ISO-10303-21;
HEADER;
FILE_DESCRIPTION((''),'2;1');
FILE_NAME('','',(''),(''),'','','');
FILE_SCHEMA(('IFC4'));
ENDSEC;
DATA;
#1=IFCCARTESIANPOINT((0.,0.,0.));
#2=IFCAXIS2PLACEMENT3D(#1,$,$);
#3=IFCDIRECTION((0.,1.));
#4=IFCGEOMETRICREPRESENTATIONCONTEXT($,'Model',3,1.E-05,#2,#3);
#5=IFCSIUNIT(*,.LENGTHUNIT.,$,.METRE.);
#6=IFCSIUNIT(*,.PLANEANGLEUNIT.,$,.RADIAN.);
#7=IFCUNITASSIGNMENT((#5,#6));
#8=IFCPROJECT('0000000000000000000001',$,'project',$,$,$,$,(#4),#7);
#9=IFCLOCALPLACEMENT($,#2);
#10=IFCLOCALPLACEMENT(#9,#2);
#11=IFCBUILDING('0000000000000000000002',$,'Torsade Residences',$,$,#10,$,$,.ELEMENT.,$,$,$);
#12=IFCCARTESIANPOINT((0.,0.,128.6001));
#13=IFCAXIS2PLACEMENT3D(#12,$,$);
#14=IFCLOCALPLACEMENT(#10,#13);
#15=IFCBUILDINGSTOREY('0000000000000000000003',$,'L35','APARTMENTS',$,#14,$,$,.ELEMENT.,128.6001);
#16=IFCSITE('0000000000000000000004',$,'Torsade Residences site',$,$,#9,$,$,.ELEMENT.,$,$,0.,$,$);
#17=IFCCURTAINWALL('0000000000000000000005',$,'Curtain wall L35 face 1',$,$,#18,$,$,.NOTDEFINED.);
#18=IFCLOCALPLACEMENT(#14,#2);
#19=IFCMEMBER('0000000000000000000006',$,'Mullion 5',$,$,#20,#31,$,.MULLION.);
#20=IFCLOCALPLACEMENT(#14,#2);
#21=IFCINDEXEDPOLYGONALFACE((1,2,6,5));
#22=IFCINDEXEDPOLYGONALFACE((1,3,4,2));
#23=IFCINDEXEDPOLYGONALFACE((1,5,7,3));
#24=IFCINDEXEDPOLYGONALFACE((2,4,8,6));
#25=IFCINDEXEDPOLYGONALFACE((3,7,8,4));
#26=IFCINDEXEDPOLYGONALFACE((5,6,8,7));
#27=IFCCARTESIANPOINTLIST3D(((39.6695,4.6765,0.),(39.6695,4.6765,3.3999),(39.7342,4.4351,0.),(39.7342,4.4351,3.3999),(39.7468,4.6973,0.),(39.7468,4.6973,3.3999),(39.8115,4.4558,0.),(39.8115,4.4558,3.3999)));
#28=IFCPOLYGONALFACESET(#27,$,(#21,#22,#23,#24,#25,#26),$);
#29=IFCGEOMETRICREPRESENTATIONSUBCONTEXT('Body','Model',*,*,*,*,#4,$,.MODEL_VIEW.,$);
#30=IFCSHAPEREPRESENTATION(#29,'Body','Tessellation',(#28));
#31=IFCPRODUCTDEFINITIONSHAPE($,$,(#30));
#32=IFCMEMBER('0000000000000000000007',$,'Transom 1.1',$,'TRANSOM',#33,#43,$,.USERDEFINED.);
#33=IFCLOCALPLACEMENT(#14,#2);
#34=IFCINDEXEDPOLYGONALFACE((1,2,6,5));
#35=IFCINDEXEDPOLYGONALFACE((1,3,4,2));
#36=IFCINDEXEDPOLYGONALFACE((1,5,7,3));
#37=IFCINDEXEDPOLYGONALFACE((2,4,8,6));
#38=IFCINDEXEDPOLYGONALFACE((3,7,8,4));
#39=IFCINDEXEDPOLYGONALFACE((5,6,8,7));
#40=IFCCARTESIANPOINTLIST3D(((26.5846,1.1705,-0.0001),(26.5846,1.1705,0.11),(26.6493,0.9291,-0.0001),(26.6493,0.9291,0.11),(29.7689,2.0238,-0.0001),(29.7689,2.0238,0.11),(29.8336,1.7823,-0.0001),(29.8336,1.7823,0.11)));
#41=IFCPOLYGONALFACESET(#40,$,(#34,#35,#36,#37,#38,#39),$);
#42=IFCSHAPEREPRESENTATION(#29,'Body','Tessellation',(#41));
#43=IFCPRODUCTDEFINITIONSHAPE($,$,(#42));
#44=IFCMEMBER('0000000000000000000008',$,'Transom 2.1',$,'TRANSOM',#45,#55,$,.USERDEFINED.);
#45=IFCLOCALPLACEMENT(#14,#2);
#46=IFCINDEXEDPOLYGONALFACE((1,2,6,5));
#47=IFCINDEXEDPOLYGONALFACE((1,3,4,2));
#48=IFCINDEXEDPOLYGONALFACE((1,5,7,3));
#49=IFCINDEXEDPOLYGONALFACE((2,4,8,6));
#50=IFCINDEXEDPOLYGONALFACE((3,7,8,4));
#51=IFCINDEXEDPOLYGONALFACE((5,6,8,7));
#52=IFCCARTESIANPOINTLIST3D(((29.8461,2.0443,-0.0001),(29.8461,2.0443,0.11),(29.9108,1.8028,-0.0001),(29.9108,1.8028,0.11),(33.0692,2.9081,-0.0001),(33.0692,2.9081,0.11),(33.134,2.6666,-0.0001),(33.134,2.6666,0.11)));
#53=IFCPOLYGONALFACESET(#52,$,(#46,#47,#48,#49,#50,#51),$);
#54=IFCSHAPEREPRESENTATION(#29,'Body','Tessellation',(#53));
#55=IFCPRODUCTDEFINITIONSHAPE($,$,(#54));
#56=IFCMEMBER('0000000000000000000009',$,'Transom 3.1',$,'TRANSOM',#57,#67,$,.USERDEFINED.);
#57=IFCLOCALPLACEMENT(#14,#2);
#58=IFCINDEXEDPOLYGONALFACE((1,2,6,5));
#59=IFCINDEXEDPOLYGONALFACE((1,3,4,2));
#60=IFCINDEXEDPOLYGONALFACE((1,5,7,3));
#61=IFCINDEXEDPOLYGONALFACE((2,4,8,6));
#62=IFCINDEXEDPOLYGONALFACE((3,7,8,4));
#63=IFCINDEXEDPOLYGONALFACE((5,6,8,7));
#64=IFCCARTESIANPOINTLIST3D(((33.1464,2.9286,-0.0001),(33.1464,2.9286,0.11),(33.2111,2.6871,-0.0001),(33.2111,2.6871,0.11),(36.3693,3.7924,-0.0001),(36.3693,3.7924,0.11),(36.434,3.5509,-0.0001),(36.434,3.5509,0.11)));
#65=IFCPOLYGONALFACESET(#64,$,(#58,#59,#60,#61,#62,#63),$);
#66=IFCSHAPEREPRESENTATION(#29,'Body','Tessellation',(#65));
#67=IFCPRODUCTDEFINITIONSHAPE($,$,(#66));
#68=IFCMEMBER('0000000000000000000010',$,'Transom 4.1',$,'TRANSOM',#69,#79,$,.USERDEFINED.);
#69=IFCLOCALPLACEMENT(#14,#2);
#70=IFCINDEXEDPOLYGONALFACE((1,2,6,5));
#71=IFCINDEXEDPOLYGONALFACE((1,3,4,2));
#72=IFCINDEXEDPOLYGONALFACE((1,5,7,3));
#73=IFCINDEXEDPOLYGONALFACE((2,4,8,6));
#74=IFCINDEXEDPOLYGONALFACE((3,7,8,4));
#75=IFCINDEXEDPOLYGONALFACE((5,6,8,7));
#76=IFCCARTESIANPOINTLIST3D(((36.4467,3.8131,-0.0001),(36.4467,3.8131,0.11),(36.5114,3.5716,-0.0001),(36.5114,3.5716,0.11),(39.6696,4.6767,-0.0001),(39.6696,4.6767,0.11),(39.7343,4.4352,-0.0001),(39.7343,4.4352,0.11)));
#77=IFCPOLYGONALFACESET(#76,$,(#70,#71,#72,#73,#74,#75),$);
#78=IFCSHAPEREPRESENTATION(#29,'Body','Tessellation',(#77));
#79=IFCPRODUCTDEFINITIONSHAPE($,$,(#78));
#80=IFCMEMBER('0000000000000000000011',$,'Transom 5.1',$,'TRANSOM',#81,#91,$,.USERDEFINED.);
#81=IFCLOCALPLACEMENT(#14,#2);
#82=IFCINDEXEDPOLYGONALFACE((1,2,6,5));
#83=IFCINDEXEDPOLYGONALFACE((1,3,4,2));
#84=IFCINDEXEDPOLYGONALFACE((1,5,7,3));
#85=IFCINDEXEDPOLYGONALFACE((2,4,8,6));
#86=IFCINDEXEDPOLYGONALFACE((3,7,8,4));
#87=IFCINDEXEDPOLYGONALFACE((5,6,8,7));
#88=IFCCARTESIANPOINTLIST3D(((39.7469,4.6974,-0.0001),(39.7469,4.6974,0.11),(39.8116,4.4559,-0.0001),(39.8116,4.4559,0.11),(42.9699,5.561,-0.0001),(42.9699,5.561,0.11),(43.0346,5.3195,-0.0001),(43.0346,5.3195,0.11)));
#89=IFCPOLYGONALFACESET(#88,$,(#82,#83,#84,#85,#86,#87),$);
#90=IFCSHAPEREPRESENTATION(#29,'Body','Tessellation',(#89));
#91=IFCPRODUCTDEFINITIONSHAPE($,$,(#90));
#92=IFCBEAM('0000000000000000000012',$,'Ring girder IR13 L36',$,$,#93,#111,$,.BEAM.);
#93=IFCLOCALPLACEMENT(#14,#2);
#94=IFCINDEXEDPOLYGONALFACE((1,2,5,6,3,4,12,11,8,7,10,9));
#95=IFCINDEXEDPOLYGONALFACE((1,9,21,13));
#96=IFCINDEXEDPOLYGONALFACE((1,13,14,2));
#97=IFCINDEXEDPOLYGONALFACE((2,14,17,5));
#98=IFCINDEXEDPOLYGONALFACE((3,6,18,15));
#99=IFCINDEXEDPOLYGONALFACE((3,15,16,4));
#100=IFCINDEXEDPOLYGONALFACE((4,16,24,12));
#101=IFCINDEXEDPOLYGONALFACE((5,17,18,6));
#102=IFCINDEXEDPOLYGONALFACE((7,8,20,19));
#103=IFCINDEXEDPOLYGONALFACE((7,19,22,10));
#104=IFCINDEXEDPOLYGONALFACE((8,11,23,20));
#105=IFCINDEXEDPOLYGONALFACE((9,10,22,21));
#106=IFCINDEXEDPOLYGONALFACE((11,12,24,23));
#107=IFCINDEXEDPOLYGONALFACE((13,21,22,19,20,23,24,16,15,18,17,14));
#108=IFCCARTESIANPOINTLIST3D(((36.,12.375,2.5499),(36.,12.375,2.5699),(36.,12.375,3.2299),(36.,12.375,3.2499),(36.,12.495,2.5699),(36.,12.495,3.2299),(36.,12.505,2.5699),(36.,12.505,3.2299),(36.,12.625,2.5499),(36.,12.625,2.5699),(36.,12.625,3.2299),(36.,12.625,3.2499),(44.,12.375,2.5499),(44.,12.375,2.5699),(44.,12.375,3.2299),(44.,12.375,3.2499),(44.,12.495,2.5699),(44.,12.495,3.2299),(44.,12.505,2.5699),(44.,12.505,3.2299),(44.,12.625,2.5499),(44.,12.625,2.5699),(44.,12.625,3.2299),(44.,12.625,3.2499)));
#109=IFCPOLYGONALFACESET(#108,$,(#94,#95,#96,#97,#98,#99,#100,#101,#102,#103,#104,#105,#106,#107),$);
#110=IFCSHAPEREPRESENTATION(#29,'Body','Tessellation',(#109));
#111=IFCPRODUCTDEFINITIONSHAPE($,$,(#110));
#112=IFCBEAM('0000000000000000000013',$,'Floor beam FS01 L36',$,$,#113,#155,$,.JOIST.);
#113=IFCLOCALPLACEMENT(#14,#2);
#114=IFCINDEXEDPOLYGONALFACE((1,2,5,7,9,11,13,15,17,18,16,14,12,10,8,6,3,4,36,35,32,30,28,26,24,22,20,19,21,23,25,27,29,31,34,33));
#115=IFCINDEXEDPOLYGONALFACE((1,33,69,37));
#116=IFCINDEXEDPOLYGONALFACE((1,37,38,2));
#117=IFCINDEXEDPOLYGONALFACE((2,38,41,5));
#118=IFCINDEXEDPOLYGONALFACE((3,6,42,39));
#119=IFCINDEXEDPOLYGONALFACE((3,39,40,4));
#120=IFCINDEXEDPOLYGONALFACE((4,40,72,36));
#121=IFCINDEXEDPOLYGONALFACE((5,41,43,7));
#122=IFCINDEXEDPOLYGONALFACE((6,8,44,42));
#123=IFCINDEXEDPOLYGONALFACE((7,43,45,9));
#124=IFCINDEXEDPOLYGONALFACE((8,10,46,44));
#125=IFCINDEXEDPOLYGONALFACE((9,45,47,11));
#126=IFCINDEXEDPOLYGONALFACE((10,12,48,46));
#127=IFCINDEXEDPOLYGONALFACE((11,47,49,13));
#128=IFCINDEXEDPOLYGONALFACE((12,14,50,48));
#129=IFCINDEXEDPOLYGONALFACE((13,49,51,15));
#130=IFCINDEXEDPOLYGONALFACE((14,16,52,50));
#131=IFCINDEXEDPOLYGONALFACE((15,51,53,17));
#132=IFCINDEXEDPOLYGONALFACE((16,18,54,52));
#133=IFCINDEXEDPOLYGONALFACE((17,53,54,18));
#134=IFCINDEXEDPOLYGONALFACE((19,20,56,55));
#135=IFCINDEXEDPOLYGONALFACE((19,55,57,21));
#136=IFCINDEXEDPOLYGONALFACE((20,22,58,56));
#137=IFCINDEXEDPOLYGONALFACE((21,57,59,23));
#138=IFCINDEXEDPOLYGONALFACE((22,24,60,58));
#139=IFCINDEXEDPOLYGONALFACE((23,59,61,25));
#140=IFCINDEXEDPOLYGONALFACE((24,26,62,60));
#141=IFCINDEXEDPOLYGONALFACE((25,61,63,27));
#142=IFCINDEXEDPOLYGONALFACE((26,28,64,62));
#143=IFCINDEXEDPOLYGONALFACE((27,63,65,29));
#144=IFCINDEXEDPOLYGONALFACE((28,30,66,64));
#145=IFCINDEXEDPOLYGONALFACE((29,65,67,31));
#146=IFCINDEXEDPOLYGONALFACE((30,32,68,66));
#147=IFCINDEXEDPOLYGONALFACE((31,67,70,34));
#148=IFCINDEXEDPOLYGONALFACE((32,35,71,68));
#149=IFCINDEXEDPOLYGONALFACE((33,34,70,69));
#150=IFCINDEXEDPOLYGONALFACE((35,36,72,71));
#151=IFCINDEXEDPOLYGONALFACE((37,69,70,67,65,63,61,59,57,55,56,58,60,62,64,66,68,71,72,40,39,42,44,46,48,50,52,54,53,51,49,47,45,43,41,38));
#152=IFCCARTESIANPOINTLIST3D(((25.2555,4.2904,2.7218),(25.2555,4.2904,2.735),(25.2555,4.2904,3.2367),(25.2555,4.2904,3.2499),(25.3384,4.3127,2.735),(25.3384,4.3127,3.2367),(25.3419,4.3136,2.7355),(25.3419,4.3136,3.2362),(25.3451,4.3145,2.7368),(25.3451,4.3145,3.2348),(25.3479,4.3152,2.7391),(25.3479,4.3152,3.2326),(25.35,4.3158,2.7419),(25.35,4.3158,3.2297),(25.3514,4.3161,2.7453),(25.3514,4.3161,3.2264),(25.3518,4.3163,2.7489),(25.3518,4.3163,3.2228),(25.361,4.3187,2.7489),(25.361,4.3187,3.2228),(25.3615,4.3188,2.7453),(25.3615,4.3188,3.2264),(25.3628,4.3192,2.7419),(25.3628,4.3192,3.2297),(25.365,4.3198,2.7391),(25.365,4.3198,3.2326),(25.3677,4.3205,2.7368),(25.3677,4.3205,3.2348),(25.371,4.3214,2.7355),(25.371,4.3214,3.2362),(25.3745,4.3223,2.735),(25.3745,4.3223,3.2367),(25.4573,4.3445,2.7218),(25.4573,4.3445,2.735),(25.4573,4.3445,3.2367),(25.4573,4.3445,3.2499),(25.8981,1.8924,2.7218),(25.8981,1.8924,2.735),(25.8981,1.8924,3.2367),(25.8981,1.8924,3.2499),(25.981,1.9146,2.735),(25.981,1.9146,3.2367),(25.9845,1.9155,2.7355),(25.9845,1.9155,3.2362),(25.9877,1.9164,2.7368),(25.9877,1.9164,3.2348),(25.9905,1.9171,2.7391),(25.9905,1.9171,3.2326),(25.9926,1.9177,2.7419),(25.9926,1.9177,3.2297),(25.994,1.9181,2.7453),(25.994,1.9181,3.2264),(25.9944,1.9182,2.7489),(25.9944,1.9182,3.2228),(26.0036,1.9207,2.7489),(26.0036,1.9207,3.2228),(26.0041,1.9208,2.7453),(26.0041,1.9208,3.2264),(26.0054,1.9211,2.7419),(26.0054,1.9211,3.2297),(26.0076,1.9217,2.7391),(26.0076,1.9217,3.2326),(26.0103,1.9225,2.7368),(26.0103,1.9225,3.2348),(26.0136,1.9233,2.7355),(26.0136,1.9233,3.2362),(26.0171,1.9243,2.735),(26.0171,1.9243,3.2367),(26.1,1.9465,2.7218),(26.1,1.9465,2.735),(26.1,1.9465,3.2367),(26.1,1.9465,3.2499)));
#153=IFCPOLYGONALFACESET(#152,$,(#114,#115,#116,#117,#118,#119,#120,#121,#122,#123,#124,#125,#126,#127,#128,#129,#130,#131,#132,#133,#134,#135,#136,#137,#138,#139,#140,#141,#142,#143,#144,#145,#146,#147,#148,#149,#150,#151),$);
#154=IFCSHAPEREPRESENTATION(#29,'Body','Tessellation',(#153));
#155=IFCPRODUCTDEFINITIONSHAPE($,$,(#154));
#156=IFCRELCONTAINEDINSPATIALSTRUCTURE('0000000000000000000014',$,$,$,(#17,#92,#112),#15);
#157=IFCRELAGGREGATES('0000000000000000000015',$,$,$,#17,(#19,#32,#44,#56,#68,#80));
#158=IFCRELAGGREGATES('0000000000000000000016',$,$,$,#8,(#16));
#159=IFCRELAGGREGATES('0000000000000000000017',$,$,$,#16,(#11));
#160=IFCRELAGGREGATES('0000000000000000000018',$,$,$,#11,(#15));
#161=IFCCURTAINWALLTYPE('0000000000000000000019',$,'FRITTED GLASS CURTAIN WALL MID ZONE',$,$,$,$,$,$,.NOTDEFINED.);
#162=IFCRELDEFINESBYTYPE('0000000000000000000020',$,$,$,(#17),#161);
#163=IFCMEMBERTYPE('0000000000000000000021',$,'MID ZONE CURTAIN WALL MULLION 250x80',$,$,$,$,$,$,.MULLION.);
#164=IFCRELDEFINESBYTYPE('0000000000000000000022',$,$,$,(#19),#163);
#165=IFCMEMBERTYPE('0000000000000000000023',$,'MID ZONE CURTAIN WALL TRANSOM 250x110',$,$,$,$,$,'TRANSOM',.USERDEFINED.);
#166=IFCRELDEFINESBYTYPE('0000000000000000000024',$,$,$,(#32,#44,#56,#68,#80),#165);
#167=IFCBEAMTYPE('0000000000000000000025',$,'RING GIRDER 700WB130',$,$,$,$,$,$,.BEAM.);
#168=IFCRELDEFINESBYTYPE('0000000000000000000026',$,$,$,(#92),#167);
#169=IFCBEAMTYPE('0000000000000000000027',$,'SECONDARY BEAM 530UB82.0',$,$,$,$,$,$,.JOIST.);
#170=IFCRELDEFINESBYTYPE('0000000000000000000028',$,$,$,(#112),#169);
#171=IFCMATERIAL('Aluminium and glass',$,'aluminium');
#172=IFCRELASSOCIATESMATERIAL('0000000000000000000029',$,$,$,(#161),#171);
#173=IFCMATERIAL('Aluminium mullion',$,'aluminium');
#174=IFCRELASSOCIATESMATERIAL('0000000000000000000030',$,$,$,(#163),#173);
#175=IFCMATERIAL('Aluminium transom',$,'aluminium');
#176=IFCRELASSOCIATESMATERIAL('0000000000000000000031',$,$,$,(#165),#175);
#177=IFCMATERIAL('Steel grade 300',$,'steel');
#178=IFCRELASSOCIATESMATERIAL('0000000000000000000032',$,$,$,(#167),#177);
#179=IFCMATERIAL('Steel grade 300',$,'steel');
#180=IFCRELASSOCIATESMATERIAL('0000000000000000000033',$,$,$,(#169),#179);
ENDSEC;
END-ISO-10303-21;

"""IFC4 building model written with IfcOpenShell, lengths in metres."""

from ifc_helpers import new_model, si_unit, direction, frame, origin, origin_2d, place, context, subcontext, project, spatial, rectangle, i_section, extrude, material, material_profile, profile_set, type_object, element, aggregate, save


model = new_model("IFC4")

# Units and contexts
model_context = context("Model", 3, precision=1e-05, world=origin(), true_north=direction((0.0, 1.0)))
body_context = subcontext(model_context, "Body", "Model", "MODEL_VIEW")
ifc_project = project(units=[si_unit("LENGTHUNIT", "METRE"), si_unit("PLANEANGLEUNIT", "RADIAN")], contexts=[model_context])

# Site, building, storey
site_placement = place(None, origin())
site = spatial("IfcSite", under=ifc_project, at=site_placement, Name="Torsade Residences site", CompositionType="ELEMENT", RefElevation=0.0)
building_placement = place(site_placement, origin())
building = spatial("IfcBuilding", under=site, at=building_placement, Name="Torsade Residences", CompositionType="ELEMENT")
storey_placement = place(building_placement, frame((0.0, 0.0, 128.6001)))
storey = spatial("IfcBuildingStorey", under=building, at=storey_placement, Name="L35", Description="APARTMENTS", CompositionType="ELEMENT", Elevation=128.6001)

# Curtain wall, members
ifc_material_1 = material(Name="Aluminium and glass", Category="aluminium")
curtain_wall_type = type_object("IfcCurtainWallType", Name="FRITTED GLASS CURTAIN WALL MID ZONE", PredefinedType="NOTDEFINED", material=ifc_material_1)
curtain_wall_placement = place(storey_placement, origin())
curtain_wall = element("IfcCurtainWall", 1, at=curtain_wall_placement, inside=storey, type_object=curtain_wall_type, Name="Curtain wall L35 face 1", PredefinedType="NOTDEFINED")
ifc_material_2 = material(Name="Aluminium mullion", Category="aluminium")
ifc_material_profile_1 = material_profile(ifc_material_2, rectangle(XDim=0.25, YDim=0.0801, at=origin_2d()), Name="MID ZONE CURTAIN WALL MULLION 250x80")
ifc_profile_set_1 = profile_set([ifc_material_profile_1], Name="Aluminium mullion")
member_type_1 = type_object("IfcMemberType", Name="MID ZONE CURTAIN WALL MULLION 250x80", PredefinedType="MULLION", material=ifc_profile_set_1)
member_1_placement = place(storey_placement, frame((39.7405, 4.5662, 0.0), z_axis=(0.0, 0.0, 1.0), x_axis=(-0.258819, 0.965926, 0.0)))
member_1 = element("IfcMember", 2, at=member_1_placement, type_object=member_type_1, Name="Mullion 5", PredefinedType="MULLION", context=body_context, shape_type="SweptSolid", body=[
    extrude(rectangle(XDim=0.25, YDim=0.0801, at=origin_2d()), origin(), (0.0, 0.0, 1.0), 3.3999),
])
ifc_material_3 = material(Name="Aluminium transom", Category="aluminium")
ifc_material_profile_2 = material_profile(ifc_material_3, rectangle(XDim=0.25, YDim=0.1101, at=origin_2d()), Name="MID ZONE CURTAIN WALL TRANSOM 250x110")
ifc_profile_set_2 = profile_set([ifc_material_profile_2], Name="Aluminium transom")
member_type_2 = type_object("IfcMemberType", Name="MID ZONE CURTAIN WALL TRANSOM 250x110", ElementType="TRANSOM", PredefinedType="USERDEFINED", material=ifc_profile_set_2)
member_2_placement = place(storey_placement, frame((26.6169, 1.0498, 0.0549), z_axis=(0.965923, 0.258829, 0.0), x_axis=(-0.258829, 0.965923, 0.0)))
member_2 = element("IfcMember", 3, at=member_2_placement, type_object=member_type_2, Name="Transom 1.1", ObjectType="TRANSOM", PredefinedType="USERDEFINED", context=body_context, shape_type="SweptSolid", body=[
    extrude(rectangle(XDim=0.25, YDim=0.1101, at=origin_2d()), origin(), (0.0, 0.0, 1.0), 3.2966),
])
member_3_placement = place(storey_placement, frame((29.8784, 1.9236, 0.0549), z_axis=(0.965916, 0.258856, 0.0), x_axis=(-0.258856, 0.965916, 0.0)))
member_3 = element("IfcMember", 4, at=member_3_placement, type_object=member_type_2, Name="Transom 2.1", ObjectType="TRANSOM", PredefinedType="USERDEFINED", context=body_context, shape_type="SweptSolid", body=[
    extrude(rectangle(XDim=0.25, YDim=0.1101, at=origin_2d()), origin(), (0.0, 0.0, 1.0), 3.3369),
])
member_4_placement = place(storey_placement, frame((33.1787, 2.8079, 0.0549), z_axis=(0.965911, 0.258874, 0.0), x_axis=(-0.258874, 0.965911, 0.0)))
member_4 = element("IfcMember", 5, at=member_4_placement, type_object=member_type_2, Name="Transom 3.1", ObjectType="TRANSOM", PredefinedType="USERDEFINED", context=body_context, shape_type="SweptSolid", body=[
    extrude(rectangle(XDim=0.25, YDim=0.1101, at=origin_2d()), origin(), (0.0, 0.0, 1.0), 3.3367),
])
member_5_placement = place(storey_placement, frame((36.479, 3.6924, 0.0549), z_axis=(0.965929, 0.258806, 0.0), x_axis=(-0.258806, 0.965929, 0.0)))
member_5 = element("IfcMember", 6, at=member_5_placement, type_object=member_type_2, Name="Transom 4.1", ObjectType="TRANSOM", PredefinedType="USERDEFINED", context=body_context, shape_type="SweptSolid", body=[
    extrude(rectangle(XDim=0.25, YDim=0.1101, at=origin_2d()), origin(), (0.0, 0.0, 1.0), 3.3367),
])
member_6_placement = place(storey_placement, frame((39.7793, 4.5767, 0.0549), z_axis=(0.965929, 0.258806, 0.0), x_axis=(-0.258806, 0.965929, 0.0)))
member_6 = element("IfcMember", 7, at=member_6_placement, type_object=member_type_2, Name="Transom 5.1", ObjectType="TRANSOM", PredefinedType="USERDEFINED", context=body_context, shape_type="SweptSolid", body=[
    extrude(rectangle(XDim=0.25, YDim=0.1101, at=origin_2d()), origin(), (0.0, 0.0, 1.0), 3.3367),
])

# Beams
ifc_material_4 = material(Name="Steel grade 300", Category="steel")
ifc_material_profile_3 = material_profile(ifc_material_4, i_section(OverallWidth=0.25, OverallDepth=0.7, WebThickness=0.01, FlangeThickness=0.02, at=origin_2d()), Name="700WB130")
ifc_profile_set_3 = profile_set([ifc_material_profile_3], Name="Steel grade 300")
beam_type_1 = type_object("IfcBeamType", Name="RING GIRDER 700WB130", PredefinedType="BEAM", material=ifc_profile_set_3)
beam_1_placement = place(storey_placement, frame((36.0, 12.5, 2.8999), z_axis=(1.0, 0.0, 0.0), x_axis=(0.0, 1.0, 0.0)))
element("IfcBeam", 8, at=beam_1_placement, inside=storey, type_object=beam_type_1, Name="Ring girder IR13 L36", PredefinedType="BEAM", context=body_context, shape_type="SweptSolid", body=[
    extrude(i_section(OverallWidth=0.25, OverallDepth=0.7, WebThickness=0.01, FlangeThickness=0.02, at=origin_2d()), origin(), (0.0, 0.0, 1.0), 8.0),
])
ifc_material_5 = material(Name="Steel grade 300", Category="steel")
ifc_material_profile_4 = material_profile(ifc_material_5, i_section(OverallWidth=0.209, OverallDepth=0.5281, WebThickness=0.0095, FlangeThickness=0.0132, FilletRadius=0.0139, at=origin_2d()), Name="530UB82.0")
ifc_profile_set_4 = profile_set([ifc_material_profile_4], Name="Steel grade 300")
beam_type_2 = type_object("IfcBeamType", Name="SECONDARY BEAM 530UB82.0", PredefinedType="JOIST", material=ifc_profile_set_4)
beam_2_placement = place(storey_placement, frame((25.999, 1.9194, 2.9858), z_axis=(-0.258838, 0.965921, 0.0), x_axis=(-0.965921, -0.258838, 0.0)))
element("IfcBeam", 9, at=beam_2_placement, inside=storey, type_object=beam_type_2, Name="Floor beam FS01 L36", PredefinedType="JOIST", context=body_context, shape_type="SweptSolid", body=[
    extrude(i_section(OverallWidth=0.209, OverallDepth=0.5281, WebThickness=0.0095, FlangeThickness=0.0132, FilletRadius=0.0139, at=origin_2d()), origin(), (0.0, 0.0, 1.0), 2.4827),
])

aggregate(curtain_wall, [member_1, member_2, member_3, member_4, member_5, member_6])

save(model, "model.ifc")
